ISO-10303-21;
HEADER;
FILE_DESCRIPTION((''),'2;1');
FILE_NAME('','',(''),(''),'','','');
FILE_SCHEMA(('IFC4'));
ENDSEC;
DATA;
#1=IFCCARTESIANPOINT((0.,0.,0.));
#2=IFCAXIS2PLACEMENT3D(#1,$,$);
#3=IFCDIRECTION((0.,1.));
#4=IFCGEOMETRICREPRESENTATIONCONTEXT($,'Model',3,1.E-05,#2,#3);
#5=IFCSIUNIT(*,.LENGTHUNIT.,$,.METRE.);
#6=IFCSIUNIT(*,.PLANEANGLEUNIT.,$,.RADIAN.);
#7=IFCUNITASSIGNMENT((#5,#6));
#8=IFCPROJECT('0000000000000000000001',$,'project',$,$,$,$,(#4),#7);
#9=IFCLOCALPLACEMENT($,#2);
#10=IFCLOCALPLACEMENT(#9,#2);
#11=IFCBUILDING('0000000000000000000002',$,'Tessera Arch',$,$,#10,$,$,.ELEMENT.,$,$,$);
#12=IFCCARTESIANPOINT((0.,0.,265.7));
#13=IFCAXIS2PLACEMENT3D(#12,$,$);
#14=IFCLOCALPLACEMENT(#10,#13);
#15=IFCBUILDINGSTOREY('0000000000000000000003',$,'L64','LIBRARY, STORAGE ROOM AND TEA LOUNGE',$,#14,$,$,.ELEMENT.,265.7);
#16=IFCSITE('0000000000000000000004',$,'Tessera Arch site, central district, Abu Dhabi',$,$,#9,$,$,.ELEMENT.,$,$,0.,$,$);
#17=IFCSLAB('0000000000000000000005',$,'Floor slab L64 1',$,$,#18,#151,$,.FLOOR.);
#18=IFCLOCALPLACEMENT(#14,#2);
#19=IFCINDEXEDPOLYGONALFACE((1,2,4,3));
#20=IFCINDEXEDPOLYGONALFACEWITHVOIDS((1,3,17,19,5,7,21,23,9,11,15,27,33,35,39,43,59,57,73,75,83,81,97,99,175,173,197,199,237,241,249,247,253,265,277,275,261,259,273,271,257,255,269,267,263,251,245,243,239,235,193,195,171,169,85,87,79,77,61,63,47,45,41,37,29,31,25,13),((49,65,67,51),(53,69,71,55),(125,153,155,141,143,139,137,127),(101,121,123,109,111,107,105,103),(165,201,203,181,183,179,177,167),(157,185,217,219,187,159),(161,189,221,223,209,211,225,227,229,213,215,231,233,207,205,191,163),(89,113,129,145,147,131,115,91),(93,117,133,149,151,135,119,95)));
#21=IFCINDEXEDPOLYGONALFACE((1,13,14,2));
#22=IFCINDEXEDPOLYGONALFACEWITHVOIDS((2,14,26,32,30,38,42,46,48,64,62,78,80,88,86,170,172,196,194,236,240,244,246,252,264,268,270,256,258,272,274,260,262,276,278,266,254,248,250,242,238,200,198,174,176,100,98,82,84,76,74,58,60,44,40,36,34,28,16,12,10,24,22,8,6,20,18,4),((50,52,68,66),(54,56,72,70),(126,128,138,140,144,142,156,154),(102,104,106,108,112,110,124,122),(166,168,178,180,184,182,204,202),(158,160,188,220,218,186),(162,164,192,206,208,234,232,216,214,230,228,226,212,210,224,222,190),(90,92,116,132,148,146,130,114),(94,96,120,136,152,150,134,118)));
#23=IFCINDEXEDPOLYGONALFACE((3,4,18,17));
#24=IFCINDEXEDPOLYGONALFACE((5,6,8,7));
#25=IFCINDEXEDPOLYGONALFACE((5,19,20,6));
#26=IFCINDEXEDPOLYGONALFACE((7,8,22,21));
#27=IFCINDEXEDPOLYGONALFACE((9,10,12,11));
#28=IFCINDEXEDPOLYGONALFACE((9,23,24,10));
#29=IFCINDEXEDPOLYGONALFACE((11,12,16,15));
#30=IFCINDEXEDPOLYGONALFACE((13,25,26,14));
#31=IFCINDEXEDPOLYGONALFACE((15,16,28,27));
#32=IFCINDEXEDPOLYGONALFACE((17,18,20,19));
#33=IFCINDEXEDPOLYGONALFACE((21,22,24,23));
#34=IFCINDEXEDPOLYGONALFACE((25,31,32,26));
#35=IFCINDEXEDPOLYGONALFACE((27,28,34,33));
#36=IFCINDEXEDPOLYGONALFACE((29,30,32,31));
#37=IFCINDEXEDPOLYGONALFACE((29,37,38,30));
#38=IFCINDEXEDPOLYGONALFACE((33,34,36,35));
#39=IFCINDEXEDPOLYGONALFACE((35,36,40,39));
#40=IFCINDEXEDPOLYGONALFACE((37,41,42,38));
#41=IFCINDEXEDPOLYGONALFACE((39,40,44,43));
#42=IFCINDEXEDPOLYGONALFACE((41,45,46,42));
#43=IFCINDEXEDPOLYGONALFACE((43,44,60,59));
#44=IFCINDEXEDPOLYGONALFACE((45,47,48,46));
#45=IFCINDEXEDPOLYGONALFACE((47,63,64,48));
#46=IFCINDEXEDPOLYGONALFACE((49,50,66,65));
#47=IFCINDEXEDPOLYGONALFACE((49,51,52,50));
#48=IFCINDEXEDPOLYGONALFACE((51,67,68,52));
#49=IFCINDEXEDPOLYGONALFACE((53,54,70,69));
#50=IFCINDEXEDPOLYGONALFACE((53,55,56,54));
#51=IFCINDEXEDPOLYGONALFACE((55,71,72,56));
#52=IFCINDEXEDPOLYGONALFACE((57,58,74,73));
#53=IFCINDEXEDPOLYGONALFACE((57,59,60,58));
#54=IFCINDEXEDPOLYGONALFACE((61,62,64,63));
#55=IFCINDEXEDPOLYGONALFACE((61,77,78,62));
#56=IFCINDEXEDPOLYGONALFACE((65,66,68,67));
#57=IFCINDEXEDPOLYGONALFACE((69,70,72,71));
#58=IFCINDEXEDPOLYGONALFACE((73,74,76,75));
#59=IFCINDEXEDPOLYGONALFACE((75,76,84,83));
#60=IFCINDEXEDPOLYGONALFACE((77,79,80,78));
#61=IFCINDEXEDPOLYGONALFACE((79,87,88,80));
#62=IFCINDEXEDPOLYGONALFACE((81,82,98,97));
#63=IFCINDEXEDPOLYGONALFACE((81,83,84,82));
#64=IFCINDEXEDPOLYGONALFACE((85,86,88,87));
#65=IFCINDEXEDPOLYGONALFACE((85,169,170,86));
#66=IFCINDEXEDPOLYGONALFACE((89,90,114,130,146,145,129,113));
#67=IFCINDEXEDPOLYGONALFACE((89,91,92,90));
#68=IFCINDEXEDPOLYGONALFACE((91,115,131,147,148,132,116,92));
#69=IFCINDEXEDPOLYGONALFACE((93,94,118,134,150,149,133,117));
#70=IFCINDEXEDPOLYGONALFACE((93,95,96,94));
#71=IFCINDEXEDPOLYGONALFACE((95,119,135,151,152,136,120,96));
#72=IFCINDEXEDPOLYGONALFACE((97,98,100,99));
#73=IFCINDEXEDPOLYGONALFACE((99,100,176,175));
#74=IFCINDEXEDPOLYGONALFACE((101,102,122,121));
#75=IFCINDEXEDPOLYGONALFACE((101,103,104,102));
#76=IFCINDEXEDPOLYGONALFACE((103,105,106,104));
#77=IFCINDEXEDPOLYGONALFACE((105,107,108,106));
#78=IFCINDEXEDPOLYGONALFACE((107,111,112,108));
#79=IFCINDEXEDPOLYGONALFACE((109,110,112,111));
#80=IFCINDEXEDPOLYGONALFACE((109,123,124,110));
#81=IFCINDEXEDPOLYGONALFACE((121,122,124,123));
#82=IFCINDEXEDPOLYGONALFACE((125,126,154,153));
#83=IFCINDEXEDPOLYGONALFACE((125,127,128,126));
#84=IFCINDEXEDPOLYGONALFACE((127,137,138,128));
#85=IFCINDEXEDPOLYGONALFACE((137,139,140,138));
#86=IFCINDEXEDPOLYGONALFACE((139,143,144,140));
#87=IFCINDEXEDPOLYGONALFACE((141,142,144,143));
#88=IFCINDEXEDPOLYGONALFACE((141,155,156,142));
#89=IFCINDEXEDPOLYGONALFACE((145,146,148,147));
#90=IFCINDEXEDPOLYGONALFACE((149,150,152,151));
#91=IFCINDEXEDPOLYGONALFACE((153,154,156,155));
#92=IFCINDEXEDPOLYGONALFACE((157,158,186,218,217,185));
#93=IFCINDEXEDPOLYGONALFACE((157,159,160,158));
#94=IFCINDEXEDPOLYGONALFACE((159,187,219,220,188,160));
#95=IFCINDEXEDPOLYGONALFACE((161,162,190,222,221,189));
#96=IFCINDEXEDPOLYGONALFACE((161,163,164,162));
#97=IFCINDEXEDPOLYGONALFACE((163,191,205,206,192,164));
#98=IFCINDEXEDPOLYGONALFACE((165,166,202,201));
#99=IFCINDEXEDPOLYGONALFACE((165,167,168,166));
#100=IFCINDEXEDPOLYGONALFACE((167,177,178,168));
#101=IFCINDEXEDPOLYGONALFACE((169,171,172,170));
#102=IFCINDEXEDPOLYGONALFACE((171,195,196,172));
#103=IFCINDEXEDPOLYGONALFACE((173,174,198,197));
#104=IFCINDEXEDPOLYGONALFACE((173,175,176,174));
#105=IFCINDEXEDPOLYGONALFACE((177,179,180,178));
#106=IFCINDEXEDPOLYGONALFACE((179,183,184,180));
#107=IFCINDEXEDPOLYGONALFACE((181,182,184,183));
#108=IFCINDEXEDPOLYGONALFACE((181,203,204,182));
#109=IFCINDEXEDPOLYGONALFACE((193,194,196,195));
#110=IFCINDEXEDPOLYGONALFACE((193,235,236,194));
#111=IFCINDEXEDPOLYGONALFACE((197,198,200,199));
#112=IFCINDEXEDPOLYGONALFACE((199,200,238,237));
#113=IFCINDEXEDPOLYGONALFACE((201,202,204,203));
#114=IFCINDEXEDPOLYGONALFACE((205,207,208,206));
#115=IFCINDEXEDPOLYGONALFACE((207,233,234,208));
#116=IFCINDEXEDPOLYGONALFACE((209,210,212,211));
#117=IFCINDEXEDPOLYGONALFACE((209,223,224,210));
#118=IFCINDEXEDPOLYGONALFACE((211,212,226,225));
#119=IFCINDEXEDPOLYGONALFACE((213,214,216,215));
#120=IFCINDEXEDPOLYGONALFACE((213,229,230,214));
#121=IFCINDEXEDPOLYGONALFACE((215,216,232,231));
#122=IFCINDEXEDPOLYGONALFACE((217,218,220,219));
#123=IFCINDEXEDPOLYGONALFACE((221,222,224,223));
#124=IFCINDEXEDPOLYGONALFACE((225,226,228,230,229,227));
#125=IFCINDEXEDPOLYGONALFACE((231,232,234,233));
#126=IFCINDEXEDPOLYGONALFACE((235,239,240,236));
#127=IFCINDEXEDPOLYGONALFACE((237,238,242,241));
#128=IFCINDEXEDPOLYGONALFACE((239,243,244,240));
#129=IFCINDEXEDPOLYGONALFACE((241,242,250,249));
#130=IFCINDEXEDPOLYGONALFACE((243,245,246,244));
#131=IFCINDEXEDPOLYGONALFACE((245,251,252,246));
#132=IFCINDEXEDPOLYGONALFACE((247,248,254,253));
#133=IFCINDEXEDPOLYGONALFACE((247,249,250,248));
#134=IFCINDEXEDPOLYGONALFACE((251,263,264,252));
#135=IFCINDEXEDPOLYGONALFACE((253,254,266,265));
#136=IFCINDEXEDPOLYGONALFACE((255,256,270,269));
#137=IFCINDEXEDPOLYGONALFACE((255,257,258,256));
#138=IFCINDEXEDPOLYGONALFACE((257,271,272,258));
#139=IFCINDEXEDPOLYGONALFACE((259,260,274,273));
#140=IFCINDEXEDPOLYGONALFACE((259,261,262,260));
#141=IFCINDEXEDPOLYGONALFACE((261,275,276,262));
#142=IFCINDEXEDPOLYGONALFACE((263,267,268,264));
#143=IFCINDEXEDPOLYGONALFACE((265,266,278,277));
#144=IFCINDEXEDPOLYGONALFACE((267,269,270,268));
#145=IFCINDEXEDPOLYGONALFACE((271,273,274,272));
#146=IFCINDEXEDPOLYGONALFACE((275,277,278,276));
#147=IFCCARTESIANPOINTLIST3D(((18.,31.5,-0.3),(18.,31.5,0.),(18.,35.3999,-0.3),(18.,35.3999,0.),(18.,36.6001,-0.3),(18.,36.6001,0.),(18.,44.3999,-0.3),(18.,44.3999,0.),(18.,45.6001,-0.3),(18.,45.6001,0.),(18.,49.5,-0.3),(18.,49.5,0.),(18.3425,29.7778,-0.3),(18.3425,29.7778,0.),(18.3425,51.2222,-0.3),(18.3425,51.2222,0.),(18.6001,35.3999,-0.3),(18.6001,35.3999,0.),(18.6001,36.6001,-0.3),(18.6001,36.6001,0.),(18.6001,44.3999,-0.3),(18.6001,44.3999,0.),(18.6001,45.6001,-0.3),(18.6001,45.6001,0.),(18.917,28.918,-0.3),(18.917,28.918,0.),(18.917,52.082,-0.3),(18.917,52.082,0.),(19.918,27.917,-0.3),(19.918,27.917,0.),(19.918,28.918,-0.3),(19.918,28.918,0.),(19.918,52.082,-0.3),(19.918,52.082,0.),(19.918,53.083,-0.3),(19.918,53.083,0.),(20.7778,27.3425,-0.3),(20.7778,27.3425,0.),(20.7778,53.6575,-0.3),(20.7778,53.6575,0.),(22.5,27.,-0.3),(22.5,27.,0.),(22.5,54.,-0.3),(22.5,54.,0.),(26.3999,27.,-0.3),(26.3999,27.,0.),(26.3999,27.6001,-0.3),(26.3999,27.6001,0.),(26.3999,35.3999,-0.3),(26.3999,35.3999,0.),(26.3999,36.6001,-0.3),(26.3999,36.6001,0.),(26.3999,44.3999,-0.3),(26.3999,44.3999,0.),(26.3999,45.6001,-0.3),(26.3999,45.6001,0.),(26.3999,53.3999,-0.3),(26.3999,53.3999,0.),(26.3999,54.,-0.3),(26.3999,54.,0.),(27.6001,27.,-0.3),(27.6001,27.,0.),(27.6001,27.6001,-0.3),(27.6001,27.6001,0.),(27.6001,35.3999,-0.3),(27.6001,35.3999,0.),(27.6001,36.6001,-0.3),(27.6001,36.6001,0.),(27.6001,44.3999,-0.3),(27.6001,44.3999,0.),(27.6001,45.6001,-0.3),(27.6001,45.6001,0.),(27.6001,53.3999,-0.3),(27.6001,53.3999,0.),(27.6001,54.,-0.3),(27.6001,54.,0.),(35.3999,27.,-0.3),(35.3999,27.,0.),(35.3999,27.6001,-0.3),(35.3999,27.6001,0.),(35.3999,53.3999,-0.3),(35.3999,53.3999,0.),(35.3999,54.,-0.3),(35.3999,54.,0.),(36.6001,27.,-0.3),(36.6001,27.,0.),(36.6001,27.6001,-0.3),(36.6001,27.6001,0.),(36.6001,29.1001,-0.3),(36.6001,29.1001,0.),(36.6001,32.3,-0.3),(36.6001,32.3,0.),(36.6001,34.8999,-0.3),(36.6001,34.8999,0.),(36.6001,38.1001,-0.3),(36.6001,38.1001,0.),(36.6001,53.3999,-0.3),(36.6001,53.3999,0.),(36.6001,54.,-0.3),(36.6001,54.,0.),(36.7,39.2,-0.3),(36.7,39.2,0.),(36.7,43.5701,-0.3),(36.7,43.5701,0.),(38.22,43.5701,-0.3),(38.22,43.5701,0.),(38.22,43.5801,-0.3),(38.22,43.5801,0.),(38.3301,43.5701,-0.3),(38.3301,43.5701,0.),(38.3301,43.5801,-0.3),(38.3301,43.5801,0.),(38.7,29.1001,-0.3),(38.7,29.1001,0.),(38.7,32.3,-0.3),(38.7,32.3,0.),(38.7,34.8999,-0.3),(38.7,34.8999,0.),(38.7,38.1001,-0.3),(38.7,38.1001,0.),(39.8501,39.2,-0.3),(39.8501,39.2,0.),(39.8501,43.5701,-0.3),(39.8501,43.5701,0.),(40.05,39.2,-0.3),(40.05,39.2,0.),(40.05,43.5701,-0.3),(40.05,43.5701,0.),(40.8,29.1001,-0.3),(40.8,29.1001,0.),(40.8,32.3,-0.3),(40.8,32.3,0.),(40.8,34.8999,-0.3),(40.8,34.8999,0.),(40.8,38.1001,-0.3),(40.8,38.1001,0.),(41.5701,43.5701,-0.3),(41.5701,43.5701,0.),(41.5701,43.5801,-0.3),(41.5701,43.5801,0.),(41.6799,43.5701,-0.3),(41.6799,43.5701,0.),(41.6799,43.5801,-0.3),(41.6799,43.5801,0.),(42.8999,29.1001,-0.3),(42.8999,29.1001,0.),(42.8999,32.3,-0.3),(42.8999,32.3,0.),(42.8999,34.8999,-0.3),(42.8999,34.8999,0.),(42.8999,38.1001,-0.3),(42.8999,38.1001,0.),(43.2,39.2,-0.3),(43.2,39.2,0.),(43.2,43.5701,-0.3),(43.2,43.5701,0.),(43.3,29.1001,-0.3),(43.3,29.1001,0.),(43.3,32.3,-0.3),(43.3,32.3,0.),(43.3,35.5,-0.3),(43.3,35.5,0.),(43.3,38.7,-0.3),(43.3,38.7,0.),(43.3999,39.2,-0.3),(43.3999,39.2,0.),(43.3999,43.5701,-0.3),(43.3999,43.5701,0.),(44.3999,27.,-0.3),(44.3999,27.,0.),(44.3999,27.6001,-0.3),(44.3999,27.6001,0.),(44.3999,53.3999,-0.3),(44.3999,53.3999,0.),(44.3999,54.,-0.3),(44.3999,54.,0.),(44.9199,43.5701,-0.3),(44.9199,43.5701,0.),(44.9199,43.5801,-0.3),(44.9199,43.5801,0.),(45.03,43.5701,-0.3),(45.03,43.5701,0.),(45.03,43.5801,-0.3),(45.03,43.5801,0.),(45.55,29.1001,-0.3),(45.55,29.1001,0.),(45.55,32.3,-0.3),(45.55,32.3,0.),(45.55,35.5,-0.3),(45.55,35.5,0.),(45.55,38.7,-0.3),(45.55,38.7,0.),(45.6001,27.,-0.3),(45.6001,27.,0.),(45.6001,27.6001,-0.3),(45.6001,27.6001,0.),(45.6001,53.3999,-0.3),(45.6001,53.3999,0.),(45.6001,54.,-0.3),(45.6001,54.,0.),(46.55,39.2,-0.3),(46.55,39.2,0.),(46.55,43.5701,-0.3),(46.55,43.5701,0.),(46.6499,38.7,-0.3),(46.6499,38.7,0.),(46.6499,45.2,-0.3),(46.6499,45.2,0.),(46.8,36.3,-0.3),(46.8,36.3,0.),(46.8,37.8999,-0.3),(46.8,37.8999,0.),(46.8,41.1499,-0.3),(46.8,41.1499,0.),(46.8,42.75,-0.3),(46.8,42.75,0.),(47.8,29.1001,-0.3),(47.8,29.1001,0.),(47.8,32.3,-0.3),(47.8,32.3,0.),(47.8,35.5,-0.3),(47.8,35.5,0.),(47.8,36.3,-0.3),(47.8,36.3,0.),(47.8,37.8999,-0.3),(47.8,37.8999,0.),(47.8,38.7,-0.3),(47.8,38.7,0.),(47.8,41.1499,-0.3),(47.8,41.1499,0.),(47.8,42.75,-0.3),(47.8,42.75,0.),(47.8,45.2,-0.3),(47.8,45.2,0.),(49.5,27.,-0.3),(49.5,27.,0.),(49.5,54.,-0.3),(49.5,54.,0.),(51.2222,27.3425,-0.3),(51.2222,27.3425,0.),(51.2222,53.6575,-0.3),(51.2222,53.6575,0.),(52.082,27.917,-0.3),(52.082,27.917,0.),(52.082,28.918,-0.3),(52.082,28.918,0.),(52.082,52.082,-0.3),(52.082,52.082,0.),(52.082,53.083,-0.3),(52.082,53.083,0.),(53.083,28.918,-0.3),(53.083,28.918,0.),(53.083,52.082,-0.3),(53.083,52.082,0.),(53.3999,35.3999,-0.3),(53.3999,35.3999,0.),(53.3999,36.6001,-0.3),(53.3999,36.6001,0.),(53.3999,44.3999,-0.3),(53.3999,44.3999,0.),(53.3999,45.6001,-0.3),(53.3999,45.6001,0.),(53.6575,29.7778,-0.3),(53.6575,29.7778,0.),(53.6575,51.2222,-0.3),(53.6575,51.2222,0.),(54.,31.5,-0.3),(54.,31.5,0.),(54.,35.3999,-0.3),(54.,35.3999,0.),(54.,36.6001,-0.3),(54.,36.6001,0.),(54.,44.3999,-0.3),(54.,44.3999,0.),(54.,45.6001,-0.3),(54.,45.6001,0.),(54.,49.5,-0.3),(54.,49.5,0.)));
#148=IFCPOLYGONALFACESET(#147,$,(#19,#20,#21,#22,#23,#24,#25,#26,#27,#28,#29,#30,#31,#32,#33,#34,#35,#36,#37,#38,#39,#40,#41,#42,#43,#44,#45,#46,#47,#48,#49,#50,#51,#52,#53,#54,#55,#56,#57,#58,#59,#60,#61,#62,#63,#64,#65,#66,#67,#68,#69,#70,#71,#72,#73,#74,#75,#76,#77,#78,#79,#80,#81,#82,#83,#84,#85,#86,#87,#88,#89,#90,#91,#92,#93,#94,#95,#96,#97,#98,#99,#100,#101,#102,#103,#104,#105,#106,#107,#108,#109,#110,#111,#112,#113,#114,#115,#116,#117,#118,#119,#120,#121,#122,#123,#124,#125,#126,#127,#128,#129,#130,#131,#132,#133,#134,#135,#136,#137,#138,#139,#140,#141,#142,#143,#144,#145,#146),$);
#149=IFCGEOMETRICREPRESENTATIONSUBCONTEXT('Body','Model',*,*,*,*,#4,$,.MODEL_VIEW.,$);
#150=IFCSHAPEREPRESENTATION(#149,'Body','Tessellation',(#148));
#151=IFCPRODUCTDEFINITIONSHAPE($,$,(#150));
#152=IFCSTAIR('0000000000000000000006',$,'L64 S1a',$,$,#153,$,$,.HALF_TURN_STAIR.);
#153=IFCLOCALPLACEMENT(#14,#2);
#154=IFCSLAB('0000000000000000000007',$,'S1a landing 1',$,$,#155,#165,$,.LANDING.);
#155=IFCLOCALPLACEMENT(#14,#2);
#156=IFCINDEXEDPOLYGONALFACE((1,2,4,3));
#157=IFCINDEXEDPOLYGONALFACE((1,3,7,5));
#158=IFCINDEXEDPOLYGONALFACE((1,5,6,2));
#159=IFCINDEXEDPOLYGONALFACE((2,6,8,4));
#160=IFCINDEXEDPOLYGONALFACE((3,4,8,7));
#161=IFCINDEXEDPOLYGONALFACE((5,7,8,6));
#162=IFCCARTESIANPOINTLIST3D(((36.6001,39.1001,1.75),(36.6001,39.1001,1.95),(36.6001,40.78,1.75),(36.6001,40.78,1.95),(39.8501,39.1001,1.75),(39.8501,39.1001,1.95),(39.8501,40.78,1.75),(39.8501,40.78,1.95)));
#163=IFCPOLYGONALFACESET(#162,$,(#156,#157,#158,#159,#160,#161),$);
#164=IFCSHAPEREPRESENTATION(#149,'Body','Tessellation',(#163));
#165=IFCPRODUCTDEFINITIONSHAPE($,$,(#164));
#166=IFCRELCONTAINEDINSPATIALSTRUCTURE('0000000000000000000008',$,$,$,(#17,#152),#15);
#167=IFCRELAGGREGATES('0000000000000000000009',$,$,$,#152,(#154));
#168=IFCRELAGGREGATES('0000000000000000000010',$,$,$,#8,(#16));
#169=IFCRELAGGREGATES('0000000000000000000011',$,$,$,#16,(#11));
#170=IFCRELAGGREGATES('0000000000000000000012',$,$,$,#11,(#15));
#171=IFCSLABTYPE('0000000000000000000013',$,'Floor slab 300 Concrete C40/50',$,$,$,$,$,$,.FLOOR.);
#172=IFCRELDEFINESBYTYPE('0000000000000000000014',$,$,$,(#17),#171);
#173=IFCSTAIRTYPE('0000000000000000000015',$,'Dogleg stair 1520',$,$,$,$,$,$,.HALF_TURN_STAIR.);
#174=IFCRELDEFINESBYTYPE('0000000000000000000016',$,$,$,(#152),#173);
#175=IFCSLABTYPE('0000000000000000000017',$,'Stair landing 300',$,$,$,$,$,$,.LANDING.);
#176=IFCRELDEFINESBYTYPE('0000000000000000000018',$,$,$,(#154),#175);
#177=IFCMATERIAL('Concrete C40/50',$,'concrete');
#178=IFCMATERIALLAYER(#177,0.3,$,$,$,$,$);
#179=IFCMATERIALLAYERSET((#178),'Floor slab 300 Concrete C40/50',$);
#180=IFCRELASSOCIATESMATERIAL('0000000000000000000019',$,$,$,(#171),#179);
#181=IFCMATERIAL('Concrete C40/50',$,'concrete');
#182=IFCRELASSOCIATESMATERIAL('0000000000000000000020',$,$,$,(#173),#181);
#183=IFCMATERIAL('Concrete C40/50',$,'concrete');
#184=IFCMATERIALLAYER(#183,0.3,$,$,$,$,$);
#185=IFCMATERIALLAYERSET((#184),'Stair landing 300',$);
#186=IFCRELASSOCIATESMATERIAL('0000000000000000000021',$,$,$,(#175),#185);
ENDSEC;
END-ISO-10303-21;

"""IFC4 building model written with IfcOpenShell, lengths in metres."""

from ifc_helpers import new_model, si_unit, direction, frame, origin, place, context, subcontext, project, spatial, polyline, outline, extrude, material, layer, layer_set, type_object, element, aggregate, save


model = new_model("IFC4")

# Units and contexts
model_context = context("Model", 3, precision=1e-05, world=origin(), true_north=direction((0.0, 1.0)))
body_context = subcontext(model_context, "Body", "Model", "MODEL_VIEW")
ifc_project = project(units=[si_unit("LENGTHUNIT", "METRE"), si_unit("PLANEANGLEUNIT", "RADIAN")], contexts=[model_context])

# Site, building, storey
site_placement = place(None, origin())
site = spatial("IfcSite", under=ifc_project, at=site_placement, Name="Tessera Arch site, central district, Abu Dhabi", CompositionType="ELEMENT", RefElevation=0.0)
building_placement = place(site_placement, origin())
building = spatial("IfcBuilding", under=site, at=building_placement, Name="Tessera Arch", CompositionType="ELEMENT")
storey_placement = place(building_placement, frame((0.0, 0.0, 265.7)))
storey = spatial("IfcBuildingStorey", under=building, at=storey_placement, Name="L64", Description="LIBRARY, STORAGE ROOM AND TEA LOUNGE", CompositionType="ELEMENT", Elevation=265.7)

# Slab
ifc_material_1 = material(Name="Concrete C40/50", Category="concrete")
ifc_layer_1 = layer(ifc_material_1, 0.3)
ifc_layer_set_1 = layer_set([ifc_layer_1], Name="Floor slab 300 Concrete C40/50")
slab_type_1 = type_object("IfcSlabType", Name="Floor slab 300 Concrete C40/50", PredefinedType="FLOOR", material=ifc_layer_set_1)
slab_1_placement = place(storey_placement, frame((0.0, 0.0, -0.3)))
element("IfcSlab", 1, at=slab_1_placement, inside=storey, type_object=slab_type_1, Name="Floor slab L64 1", PredefinedType="FLOOR", context=body_context, shape_type="SweptSolid", body=[
    extrude(outline(polyline([(54.0, 31.5), (53.6575, 29.7778), (53.083, 28.918), (52.082, 28.918), (52.082, 27.917), (51.2222, 27.3425), (49.5, 27.0), (45.6001, 27.0), (45.6001, 27.6001), (44.3999, 27.6001), (44.3999, 27.0), (36.6001, 27.0), (36.6001, 27.6001), (35.3999, 27.6001), (35.3999, 27.0), (27.6001, 27.0), (27.6001, 27.6001), (26.3999, 27.6001), (26.3999, 27.0), (22.5, 27.0), (20.7778, 27.3425), (19.918, 27.917), (19.918, 28.918), (18.917, 28.918), (18.3425, 29.7778), (18.0, 31.5), (18.0, 35.3999), (18.6001, 35.3999), (18.6001, 36.6001), (18.0, 36.6001), (18.0, 44.3999), (18.6001, 44.3999), (18.6001, 45.6001), (18.0, 45.6001), (18.0, 49.5), (18.3425, 51.2222), (18.917, 52.082), (19.918, 52.082), (19.918, 53.083), (20.7778, 53.6575), (22.5, 54.0), (26.3999, 54.0), (26.3999, 53.3999), (27.6001, 53.3999), (27.6001, 54.0), (35.3999, 54.0), (35.3999, 53.3999), (36.6001, 53.3999), (36.6001, 54.0), (44.3999, 54.0), (44.3999, 53.3999), (45.6001, 53.3999), (45.6001, 54.0), (49.5, 54.0), (51.2222, 53.6575), (52.082, 53.083), (52.082, 52.082), (53.083, 52.082), (53.6575, 51.2222), (54.0, 49.5), (54.0, 45.6001), (53.3999, 45.6001), (53.3999, 44.3999), (54.0, 44.3999), (54.0, 36.6001), (53.3999, 36.6001), (53.3999, 35.3999), (54.0, 35.3999), (54.0, 31.5)]), holes=[polyline([(40.8, 29.1001), (42.8999, 29.1001), (42.8999, 32.3), (40.8, 32.3), (38.7, 32.3), (36.6001, 32.3), (36.6001, 29.1001), (38.7, 29.1001), (40.8, 29.1001)]), polyline([(27.6001, 35.3999), (27.6001, 36.6001), (26.3999, 36.6001), (26.3999, 35.3999), (27.6001, 35.3999)]), polyline([(40.8, 34.8999), (42.8999, 34.8999), (42.8999, 38.1001), (40.8, 38.1001), (38.7, 38.1001), (36.6001, 38.1001), (36.6001, 34.8999), (38.7, 34.8999), (40.8, 34.8999)]), polyline([(38.22, 43.5801), (38.22, 43.5701), (36.7, 43.5701), (36.7, 39.2), (39.8501, 39.2), (39.8501, 43.5701), (38.3301, 43.5701), (38.3301, 43.5801), (38.22, 43.5801)]), polyline([(27.6001, 44.3999), (27.6001, 45.6001), (26.3999, 45.6001), (26.3999, 44.3999), (27.6001, 44.3999)]), polyline([(47.8, 32.3), (45.55, 32.3), (43.3, 32.3), (43.3, 29.1001), (45.55, 29.1001), (47.8, 29.1001), (47.8, 32.3)]), polyline([(46.6499, 38.7), (45.55, 38.7), (43.3, 38.7), (43.3, 35.5), (45.55, 35.5), (47.8, 35.5), (47.8, 36.3), (46.8, 36.3), (46.8, 37.8999), (47.8, 37.8999), (47.8, 38.7), (47.8, 41.1499), (46.8, 41.1499), (46.8, 42.75), (47.8, 42.75), (47.8, 45.2), (46.6499, 45.2), (46.6499, 38.7)]), polyline([(41.5701, 43.5801), (41.5701, 43.5701), (40.05, 43.5701), (40.05, 39.2), (43.2, 39.2), (43.2, 43.5701), (41.6799, 43.5701), (41.6799, 43.5801), (41.5701, 43.5801)]), polyline([(44.9199, 43.5801), (44.9199, 43.5701), (43.3999, 43.5701), (43.3999, 39.2), (46.55, 39.2), (46.55, 43.5701), (45.03, 43.5701), (45.03, 43.5801), (44.9199, 43.5801)])]), origin(), (0.0, 0.0, 1.0), 0.3),
])

# Stair, slab
ifc_material_2 = material(Name="Concrete C40/50", Category="concrete")
stair_type = type_object("IfcStairType", Name="Dogleg stair 1520", PredefinedType="HALF_TURN_STAIR", material=ifc_material_2)
stair_1_placement = place(storey_placement, origin())
stair_1 = element("IfcStair", 2, at=stair_1_placement, inside=storey, type_object=stair_type, Name="L64 S1a", PredefinedType="HALF_TURN_STAIR")
ifc_material_3 = material(Name="Concrete C40/50", Category="concrete")
ifc_layer_2 = layer(ifc_material_3, 0.3)
ifc_layer_set_2 = layer_set([ifc_layer_2], Name="Stair landing 300")
slab_type_2 = type_object("IfcSlabType", Name="Stair landing 300", PredefinedType="LANDING", material=ifc_layer_set_2)
slab_2_placement = place(storey_placement, frame((0.0, 0.0, 1.75)))
slab_2 = element("IfcSlab", 3, at=slab_2_placement, type_object=slab_type_2, Name="S1a landing 1", PredefinedType="LANDING", context=body_context, shape_type="SweptSolid", body=[
    extrude(outline(polyline([(36.6001, 40.78), (36.6001, 39.1001), (39.8501, 39.1001), (39.8501, 40.78), (36.6001, 40.78)])), origin(), (0.0, 0.0, 1.0), 0.2),
])
aggregate(stair_1, [slab_2])

save(model, "model.ifc")
